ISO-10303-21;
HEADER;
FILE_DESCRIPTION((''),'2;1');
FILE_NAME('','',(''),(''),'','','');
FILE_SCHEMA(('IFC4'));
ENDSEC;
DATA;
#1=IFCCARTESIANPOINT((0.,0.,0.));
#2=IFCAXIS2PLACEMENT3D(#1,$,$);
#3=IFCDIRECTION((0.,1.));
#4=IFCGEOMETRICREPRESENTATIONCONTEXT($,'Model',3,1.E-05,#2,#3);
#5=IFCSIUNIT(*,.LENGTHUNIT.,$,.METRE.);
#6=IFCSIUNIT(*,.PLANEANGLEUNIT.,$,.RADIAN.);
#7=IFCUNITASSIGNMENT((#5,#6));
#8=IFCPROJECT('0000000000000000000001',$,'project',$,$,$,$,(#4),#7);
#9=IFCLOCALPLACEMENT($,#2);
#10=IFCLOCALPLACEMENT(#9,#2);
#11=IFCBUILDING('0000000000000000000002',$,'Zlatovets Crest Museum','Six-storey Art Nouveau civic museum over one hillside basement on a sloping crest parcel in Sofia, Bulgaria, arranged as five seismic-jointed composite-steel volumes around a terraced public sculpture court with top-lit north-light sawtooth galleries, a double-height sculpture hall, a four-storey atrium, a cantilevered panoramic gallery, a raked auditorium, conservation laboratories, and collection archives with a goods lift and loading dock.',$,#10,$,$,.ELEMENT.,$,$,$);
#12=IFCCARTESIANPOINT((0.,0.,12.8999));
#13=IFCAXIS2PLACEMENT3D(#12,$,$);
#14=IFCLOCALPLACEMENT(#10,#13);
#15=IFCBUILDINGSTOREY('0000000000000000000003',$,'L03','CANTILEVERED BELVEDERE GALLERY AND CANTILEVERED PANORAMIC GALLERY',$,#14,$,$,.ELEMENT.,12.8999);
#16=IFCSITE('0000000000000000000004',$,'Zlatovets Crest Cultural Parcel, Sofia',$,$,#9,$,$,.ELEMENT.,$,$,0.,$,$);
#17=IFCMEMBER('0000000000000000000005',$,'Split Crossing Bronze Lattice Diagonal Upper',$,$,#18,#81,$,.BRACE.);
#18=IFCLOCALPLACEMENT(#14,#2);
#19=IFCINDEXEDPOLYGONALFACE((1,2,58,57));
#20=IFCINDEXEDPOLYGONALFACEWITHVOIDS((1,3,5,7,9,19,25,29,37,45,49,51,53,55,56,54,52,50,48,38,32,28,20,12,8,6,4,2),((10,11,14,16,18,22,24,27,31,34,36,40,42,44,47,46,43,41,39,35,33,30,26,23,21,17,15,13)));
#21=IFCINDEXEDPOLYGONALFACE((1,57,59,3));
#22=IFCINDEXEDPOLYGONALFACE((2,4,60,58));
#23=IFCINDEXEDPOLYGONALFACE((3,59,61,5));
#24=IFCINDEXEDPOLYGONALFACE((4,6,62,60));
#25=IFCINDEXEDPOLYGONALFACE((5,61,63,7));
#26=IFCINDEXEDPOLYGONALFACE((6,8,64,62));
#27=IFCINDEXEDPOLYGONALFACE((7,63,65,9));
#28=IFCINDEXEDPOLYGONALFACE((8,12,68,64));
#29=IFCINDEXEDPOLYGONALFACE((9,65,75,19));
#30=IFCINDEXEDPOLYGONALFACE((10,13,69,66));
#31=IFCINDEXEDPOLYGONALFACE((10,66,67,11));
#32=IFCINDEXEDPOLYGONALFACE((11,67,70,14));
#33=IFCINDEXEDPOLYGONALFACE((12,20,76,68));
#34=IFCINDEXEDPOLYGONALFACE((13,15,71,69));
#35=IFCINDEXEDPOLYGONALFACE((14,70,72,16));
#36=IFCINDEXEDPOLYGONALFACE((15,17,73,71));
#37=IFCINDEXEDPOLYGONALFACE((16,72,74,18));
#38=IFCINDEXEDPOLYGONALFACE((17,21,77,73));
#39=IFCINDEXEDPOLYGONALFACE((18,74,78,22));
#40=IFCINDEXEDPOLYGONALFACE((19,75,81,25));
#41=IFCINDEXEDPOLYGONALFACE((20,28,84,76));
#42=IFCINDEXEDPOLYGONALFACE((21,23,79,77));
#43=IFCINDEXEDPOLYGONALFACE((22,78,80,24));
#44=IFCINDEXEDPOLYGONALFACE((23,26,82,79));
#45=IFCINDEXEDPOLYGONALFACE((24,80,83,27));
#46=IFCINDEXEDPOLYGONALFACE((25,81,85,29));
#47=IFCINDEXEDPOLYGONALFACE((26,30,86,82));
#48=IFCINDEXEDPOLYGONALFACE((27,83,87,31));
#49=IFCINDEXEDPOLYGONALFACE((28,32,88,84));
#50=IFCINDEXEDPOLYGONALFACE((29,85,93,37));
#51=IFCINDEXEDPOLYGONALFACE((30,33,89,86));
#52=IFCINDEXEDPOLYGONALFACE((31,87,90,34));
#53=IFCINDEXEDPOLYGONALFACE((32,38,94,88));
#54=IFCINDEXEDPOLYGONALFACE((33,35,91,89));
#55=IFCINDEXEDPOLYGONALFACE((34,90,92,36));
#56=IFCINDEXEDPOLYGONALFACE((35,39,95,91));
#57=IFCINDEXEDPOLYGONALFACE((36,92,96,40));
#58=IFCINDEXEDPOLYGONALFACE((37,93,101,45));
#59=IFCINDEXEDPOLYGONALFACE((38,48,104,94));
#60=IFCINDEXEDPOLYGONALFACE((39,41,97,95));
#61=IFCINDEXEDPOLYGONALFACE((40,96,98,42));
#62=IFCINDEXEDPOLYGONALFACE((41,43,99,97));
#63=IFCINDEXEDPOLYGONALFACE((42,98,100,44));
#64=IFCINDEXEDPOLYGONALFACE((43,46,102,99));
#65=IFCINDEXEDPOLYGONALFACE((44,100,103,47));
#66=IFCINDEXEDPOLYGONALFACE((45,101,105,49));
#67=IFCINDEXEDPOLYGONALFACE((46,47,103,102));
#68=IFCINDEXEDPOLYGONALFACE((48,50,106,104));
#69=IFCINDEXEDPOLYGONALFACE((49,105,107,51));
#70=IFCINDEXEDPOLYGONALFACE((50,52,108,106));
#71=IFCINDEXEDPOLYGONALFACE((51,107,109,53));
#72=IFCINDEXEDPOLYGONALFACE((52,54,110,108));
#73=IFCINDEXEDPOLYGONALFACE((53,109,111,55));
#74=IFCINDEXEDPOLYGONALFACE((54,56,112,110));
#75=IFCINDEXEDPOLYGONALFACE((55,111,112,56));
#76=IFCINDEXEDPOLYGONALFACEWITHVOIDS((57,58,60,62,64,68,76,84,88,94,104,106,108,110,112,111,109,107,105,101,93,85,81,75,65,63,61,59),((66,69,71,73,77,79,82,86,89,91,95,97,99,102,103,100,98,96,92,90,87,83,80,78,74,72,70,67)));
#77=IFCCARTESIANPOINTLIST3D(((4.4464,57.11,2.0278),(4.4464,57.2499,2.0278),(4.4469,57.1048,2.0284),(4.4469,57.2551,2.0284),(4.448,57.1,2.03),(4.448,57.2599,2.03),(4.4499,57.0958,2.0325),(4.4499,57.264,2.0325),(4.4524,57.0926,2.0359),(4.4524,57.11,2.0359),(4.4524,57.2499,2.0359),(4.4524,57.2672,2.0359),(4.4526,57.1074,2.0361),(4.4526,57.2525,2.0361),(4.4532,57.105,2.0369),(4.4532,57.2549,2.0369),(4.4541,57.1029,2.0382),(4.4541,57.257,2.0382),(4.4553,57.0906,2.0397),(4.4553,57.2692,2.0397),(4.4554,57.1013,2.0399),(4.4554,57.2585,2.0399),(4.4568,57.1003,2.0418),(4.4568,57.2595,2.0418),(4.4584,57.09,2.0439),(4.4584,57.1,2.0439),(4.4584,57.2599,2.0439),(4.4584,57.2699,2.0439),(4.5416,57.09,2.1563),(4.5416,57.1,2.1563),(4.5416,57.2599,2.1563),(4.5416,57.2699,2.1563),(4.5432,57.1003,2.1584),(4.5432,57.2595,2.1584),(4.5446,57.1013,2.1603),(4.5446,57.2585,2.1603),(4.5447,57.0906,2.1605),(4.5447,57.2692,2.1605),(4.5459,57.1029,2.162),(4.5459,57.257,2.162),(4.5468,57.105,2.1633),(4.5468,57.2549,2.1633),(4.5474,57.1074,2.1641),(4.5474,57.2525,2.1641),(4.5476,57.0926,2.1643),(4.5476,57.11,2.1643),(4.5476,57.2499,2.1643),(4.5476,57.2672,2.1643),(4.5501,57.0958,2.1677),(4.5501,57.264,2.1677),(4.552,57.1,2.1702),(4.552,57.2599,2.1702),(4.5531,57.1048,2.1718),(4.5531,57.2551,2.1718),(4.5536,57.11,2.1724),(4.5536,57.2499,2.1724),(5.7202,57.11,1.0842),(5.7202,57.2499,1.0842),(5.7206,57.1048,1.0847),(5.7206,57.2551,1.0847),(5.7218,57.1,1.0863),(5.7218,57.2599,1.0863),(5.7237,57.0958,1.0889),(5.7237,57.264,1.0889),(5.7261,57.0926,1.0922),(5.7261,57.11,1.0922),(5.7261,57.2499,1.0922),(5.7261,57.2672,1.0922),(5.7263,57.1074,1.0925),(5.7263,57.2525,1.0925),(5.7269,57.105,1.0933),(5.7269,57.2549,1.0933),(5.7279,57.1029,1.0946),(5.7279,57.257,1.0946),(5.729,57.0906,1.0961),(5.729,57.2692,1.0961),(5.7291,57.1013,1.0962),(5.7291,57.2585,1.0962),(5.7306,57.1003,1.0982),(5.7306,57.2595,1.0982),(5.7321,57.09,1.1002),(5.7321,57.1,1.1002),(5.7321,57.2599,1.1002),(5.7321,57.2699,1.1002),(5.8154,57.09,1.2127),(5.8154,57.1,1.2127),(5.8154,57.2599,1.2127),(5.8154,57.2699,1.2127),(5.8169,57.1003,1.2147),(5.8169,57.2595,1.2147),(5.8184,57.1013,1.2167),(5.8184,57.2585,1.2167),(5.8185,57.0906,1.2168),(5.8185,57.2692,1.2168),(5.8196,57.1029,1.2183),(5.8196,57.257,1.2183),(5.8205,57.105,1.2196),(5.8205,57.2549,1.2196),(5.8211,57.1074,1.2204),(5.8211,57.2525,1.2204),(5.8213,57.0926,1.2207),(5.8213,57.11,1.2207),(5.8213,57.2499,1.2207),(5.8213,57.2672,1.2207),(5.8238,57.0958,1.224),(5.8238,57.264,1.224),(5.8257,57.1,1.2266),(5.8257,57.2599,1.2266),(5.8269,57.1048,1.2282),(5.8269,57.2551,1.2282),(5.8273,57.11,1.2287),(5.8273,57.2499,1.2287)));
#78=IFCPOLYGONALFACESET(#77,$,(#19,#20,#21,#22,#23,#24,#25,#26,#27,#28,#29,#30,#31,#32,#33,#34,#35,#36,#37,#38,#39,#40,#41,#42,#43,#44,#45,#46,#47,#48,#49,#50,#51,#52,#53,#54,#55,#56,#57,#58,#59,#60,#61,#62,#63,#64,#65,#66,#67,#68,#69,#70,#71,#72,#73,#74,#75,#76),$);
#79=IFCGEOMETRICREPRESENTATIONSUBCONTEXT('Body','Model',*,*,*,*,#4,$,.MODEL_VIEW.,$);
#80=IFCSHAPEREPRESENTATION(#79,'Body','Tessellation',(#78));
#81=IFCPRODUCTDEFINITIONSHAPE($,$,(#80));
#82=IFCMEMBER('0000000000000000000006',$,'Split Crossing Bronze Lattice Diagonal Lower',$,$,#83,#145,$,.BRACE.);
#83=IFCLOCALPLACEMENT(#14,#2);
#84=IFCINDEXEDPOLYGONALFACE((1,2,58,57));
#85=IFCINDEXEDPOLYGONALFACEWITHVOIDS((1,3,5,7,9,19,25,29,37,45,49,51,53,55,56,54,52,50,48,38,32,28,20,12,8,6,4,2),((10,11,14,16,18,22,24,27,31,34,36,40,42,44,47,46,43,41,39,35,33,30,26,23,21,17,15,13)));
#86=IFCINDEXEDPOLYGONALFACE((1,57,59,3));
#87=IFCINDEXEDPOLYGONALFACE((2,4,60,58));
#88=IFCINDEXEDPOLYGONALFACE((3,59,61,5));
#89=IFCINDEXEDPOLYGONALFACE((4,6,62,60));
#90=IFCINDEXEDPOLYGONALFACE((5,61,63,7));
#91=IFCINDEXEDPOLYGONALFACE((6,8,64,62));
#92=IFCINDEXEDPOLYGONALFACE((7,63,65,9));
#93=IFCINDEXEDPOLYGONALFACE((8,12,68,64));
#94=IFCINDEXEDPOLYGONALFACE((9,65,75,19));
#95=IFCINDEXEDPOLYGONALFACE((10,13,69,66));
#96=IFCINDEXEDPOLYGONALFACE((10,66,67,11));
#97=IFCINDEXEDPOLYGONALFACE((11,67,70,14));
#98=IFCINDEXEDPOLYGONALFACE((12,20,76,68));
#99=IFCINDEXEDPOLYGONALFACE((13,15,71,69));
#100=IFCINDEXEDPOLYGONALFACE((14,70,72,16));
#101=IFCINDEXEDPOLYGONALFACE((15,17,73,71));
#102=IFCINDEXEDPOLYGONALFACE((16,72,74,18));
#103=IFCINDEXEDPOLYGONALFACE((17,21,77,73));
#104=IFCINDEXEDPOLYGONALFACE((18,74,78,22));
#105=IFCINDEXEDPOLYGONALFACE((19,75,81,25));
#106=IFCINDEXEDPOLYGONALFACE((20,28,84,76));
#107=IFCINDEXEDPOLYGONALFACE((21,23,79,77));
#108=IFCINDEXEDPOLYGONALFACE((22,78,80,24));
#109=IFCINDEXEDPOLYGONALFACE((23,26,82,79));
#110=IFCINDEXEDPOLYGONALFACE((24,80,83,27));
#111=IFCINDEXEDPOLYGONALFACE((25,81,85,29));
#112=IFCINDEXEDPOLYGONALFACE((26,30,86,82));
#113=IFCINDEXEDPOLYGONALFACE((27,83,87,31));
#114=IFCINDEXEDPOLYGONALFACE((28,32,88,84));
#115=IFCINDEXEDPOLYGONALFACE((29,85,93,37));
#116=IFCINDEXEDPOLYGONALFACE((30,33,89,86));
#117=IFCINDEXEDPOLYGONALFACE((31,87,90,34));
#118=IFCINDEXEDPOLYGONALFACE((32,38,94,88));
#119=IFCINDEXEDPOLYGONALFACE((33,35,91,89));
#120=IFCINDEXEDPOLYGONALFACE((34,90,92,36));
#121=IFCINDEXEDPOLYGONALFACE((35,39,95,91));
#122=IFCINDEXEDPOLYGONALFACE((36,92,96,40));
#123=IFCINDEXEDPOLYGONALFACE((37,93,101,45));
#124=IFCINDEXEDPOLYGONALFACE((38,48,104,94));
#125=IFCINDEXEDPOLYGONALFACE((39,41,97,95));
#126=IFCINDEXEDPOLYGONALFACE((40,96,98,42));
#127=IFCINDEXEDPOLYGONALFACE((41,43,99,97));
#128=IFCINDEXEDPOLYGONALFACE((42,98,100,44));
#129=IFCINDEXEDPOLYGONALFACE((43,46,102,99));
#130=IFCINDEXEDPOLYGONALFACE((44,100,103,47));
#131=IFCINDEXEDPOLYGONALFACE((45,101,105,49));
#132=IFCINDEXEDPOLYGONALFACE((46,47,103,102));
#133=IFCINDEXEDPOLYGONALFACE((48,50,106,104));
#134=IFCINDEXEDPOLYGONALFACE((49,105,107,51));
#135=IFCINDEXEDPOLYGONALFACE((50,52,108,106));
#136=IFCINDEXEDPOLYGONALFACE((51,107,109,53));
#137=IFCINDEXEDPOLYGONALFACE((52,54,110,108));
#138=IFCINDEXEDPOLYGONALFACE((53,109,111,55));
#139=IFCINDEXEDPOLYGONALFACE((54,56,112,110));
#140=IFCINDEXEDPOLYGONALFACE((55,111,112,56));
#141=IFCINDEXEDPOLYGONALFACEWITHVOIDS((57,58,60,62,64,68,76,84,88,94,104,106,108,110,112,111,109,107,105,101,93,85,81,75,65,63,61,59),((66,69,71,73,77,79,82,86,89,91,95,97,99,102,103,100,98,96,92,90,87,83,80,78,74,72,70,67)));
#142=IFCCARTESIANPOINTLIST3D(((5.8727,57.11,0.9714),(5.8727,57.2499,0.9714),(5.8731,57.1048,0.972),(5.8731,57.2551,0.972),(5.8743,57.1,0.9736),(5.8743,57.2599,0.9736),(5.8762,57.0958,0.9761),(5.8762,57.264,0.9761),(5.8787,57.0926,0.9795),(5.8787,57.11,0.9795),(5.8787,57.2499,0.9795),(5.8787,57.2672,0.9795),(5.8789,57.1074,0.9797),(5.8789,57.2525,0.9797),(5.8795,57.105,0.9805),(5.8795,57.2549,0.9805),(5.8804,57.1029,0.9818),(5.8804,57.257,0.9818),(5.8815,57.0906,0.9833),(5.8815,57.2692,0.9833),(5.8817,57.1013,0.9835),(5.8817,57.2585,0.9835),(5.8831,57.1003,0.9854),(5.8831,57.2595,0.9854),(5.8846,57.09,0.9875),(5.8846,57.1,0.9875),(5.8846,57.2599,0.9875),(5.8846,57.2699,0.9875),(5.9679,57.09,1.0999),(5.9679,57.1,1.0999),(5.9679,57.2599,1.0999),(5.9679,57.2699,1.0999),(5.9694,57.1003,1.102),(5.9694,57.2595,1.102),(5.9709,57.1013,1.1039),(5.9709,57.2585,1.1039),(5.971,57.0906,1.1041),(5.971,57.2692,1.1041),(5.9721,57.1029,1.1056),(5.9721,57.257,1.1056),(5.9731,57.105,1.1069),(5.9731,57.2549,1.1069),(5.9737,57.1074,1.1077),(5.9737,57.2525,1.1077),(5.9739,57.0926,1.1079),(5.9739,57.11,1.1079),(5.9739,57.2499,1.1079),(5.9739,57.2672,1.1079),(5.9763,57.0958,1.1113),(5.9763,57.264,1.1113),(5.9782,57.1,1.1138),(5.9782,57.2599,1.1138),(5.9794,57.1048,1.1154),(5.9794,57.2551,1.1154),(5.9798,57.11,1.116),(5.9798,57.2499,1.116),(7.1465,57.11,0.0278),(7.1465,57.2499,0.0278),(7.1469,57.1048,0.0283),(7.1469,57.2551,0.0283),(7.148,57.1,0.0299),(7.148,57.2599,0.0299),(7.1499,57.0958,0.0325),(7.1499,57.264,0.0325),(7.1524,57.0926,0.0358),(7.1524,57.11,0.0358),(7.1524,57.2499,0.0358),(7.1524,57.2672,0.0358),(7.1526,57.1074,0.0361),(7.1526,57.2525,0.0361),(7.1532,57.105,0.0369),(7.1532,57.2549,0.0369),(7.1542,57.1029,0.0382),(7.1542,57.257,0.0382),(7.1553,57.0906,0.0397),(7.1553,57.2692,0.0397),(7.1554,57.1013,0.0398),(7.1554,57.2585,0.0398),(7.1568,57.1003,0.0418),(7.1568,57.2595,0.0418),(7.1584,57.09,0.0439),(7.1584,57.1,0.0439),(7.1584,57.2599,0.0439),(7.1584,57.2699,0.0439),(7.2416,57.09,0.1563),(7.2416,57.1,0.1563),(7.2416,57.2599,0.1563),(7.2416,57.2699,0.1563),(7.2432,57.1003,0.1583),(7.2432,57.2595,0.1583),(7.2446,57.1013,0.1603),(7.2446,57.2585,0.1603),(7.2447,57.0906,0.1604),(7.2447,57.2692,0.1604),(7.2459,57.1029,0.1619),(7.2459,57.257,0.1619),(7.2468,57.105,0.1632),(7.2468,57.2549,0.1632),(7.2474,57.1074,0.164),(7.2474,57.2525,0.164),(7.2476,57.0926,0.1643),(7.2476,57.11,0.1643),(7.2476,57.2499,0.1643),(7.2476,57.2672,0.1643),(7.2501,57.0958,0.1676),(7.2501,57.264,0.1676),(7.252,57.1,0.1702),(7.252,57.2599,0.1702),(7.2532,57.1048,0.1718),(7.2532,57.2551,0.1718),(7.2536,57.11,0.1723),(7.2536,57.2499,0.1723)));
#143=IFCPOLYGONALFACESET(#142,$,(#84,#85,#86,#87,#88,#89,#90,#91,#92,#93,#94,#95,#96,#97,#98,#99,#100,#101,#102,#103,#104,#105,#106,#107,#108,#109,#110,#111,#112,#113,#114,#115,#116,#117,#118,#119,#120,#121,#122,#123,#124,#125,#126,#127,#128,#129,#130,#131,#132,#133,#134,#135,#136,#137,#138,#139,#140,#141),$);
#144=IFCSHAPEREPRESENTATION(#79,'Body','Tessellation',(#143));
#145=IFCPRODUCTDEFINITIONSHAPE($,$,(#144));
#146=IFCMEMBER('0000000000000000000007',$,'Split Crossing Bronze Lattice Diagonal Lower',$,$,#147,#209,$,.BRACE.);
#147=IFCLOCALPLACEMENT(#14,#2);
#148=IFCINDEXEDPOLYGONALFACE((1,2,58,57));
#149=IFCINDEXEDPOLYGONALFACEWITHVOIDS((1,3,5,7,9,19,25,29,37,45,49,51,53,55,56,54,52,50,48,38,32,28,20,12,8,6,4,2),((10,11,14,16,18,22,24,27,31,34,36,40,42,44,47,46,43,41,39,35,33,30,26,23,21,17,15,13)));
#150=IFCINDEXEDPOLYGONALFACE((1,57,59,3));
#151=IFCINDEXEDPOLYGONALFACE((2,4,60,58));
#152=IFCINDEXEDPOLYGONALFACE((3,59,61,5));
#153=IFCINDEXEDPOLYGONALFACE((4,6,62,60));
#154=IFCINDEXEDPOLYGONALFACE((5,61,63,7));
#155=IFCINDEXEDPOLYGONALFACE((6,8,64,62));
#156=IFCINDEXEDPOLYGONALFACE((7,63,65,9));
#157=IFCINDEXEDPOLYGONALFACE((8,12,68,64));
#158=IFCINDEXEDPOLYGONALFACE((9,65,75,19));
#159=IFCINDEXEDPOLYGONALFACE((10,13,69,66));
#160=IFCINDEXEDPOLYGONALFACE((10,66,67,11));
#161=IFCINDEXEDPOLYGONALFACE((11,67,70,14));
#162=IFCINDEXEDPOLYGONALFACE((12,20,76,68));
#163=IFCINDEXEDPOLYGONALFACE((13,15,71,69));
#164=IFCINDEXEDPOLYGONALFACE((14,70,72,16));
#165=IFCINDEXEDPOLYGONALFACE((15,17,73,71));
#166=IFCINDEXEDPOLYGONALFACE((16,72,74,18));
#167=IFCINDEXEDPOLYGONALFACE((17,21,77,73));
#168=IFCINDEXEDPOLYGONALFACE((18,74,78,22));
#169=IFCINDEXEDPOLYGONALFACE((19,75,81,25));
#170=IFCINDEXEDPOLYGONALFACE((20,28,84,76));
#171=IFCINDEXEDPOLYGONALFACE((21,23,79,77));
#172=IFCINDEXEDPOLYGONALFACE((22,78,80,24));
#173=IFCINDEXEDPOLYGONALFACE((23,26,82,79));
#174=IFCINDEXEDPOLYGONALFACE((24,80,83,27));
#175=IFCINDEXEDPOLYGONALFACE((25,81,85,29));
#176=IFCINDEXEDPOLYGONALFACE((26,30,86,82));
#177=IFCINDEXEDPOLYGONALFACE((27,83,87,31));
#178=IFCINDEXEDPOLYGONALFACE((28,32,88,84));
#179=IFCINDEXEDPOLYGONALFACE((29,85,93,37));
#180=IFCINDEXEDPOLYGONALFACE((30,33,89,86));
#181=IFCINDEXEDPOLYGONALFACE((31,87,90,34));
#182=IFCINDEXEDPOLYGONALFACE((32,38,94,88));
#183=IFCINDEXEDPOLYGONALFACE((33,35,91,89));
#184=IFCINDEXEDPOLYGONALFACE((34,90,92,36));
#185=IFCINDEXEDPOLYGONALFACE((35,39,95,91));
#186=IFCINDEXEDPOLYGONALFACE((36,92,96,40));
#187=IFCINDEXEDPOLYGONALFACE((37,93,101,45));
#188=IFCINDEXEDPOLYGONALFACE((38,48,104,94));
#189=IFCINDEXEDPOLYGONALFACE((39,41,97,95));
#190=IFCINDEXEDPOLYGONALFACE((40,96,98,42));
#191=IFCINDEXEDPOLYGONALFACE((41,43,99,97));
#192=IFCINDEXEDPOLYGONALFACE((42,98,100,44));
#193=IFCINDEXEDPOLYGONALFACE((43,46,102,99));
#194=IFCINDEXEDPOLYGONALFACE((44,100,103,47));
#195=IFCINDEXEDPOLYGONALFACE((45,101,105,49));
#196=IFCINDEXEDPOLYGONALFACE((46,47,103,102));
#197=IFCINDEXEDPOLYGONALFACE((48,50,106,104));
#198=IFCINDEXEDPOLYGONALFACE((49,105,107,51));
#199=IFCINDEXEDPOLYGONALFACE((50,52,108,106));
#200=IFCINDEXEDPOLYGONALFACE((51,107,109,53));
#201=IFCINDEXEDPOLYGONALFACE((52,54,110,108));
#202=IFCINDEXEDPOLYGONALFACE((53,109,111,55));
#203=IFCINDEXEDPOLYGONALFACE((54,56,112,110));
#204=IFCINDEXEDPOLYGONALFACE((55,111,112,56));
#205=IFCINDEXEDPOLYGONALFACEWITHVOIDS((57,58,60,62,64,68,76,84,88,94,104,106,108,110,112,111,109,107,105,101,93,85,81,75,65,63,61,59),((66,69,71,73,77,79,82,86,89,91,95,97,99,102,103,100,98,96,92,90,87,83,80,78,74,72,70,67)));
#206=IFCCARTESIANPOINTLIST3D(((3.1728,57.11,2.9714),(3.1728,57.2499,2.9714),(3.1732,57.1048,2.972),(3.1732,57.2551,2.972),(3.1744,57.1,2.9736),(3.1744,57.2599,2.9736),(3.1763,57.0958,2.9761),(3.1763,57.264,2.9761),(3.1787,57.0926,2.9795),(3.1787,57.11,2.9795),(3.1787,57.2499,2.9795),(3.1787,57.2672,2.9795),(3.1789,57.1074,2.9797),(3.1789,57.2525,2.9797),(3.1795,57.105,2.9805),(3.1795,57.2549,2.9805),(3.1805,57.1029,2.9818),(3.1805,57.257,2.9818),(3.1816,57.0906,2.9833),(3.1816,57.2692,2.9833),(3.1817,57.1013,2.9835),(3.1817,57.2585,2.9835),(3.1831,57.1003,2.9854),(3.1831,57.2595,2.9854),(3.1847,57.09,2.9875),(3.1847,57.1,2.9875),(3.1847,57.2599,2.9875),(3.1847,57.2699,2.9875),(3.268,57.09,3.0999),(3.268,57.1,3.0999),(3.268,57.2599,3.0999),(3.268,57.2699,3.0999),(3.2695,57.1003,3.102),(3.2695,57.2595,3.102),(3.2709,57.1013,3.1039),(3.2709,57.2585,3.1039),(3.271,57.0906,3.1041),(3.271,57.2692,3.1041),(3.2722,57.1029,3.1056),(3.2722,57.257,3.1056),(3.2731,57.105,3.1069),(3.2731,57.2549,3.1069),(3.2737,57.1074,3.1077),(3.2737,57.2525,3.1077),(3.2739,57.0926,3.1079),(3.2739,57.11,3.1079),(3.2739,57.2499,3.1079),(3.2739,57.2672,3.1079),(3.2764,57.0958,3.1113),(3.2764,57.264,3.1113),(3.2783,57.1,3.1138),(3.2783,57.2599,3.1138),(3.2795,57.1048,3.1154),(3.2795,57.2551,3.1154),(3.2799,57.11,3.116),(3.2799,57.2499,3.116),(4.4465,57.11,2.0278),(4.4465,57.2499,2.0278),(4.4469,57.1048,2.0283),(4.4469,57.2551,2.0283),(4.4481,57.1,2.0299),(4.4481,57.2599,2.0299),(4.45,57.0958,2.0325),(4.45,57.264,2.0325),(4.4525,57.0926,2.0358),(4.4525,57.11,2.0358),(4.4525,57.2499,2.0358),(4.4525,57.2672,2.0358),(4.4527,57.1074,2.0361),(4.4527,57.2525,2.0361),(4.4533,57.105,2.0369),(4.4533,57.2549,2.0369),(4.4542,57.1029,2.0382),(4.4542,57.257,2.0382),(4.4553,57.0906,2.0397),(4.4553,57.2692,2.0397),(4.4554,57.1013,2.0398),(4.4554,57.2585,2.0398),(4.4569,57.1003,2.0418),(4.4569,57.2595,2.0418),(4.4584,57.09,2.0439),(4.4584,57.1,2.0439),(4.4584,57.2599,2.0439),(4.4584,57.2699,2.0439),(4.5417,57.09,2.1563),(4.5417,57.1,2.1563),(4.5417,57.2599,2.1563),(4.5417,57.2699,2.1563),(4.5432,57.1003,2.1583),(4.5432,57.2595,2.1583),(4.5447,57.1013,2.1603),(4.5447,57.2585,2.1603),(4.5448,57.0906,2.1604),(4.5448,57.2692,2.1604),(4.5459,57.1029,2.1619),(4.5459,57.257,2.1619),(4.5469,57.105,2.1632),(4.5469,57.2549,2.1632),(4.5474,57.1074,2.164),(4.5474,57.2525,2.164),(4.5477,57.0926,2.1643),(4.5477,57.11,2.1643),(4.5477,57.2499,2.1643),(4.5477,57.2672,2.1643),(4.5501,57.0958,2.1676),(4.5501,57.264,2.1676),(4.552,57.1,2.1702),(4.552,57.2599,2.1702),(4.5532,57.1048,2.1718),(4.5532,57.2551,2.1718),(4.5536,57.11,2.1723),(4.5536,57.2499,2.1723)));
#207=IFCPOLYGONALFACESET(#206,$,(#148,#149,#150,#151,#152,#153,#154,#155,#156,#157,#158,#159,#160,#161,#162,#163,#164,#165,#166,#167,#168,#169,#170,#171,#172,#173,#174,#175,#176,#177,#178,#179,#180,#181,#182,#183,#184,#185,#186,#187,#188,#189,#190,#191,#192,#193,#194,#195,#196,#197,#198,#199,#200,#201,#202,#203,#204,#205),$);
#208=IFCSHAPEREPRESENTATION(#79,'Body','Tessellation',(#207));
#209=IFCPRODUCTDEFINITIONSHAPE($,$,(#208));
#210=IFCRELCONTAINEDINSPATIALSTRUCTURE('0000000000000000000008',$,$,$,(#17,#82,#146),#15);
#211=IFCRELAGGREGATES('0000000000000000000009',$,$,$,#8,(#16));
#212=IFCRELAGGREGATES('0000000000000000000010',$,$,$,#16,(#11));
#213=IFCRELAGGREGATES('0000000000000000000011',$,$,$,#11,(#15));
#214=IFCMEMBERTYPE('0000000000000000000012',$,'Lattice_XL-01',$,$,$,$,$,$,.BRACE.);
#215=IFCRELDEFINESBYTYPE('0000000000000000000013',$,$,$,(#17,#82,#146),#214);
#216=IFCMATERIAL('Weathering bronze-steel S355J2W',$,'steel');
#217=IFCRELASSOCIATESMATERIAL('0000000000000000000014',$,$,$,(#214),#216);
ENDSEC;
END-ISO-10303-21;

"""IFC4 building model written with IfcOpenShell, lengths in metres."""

from ifc_helpers import new_model, si_unit, direction, frame, origin, origin_2d, place, context, subcontext, project, spatial, hollow_rectangle, extrude, material, material_profile, profile_set, type_object, element, save


model = new_model("IFC4")

# Units and contexts
model_context = context("Model", 3, precision=1e-05, world=origin(), true_north=direction((0.0, 1.0)))
body_context = subcontext(model_context, "Body", "Model", "MODEL_VIEW")
ifc_project = project(units=[si_unit("LENGTHUNIT", "METRE"), si_unit("PLANEANGLEUNIT", "RADIAN")], contexts=[model_context])

# Site, building, storey
site_placement = place(None, origin())
site = spatial("IfcSite", under=ifc_project, at=site_placement, Name="Zlatovets Crest Cultural Parcel, Sofia", CompositionType="ELEMENT", RefElevation=0.0)
building_placement = place(site_placement, origin())
building = spatial("IfcBuilding", under=site, at=building_placement, Name="Zlatovets Crest Museum", Description="Six-storey Art Nouveau civic museum over one hillside basement on a sloping crest parcel in Sofia, Bulgaria, arranged as five seismic-jointed composite-steel volumes around a terraced public sculpture court with top-lit north-light sawtooth galleries, a double-height sculpture hall, a four-storey atrium, a cantilevered panoramic gallery, a raked auditorium, conservation laboratories, and collection archives with a goods lift and loading dock.", CompositionType="ELEMENT")
storey_placement = place(building_placement, frame((0.0, 0.0, 12.8999)))
storey = spatial("IfcBuildingStorey", under=building, at=storey_placement, Name="L03", Description="CANTILEVERED BELVEDERE GALLERY AND CANTILEVERED PANORAMIC GALLERY", CompositionType="ELEMENT", Elevation=12.8999)

# Members
ifc_material_1 = material(Name="Weathering bronze-steel S355J2W", Category="steel")
ifc_material_profile_1 = material_profile(ifc_material_1, hollow_rectangle(XDim=0.1799, YDim=0.1799, WallThickness=0.01, InnerFilletRadius=0.01, OuterFilletRadius=0.02, at=origin_2d()), Name="SHS 180x180x10.0")
ifc_profile_set_1 = profile_set([ifc_material_profile_1], Name="Weathering bronze-steel S355J2W")
member_type_1 = type_object("IfcMemberType", Name="Lattice_XL-01", PredefinedType="BRACE", material=ifc_profile_set_1)
for number, where, z_axis, x_axis, name in (
    (1, (4.5, 57.1799, 2.1001), (0.803516, 0.0, -0.595283), (0.0, 1.0, 0.0), "Split Crossing Bronze Lattice Diagonal Upper"),
    (2, (5.9263, 57.1799, 1.0437), (0.803516, 0.0, -0.595283), (0.0, 1.0, 0.0), "Split Crossing Bronze Lattice Diagonal Lower"),
    (3, (3.2263, 57.1799, 3.0437), (0.803516, 0.0, -0.595283), (0.0, 1.0, 0.0), "Split Crossing Bronze Lattice Diagonal Lower"),
):
    element("IfcMember", number, at=place(storey_placement, frame(where, z_axis=z_axis, x_axis=x_axis)), inside=storey, type_object=member_type_1, Name=name, PredefinedType="BRACE", context=body_context, shape_type="SweptSolid", body=[
        extrude(hollow_rectangle(XDim=0.1799, YDim=0.1799, WallThickness=0.01, InnerFilletRadius=0.01, OuterFilletRadius=0.02, at=origin_2d()), origin(), (0.0, 0.0, 1.0), 1.5852),
    ])

save(model, "model.ifc")
